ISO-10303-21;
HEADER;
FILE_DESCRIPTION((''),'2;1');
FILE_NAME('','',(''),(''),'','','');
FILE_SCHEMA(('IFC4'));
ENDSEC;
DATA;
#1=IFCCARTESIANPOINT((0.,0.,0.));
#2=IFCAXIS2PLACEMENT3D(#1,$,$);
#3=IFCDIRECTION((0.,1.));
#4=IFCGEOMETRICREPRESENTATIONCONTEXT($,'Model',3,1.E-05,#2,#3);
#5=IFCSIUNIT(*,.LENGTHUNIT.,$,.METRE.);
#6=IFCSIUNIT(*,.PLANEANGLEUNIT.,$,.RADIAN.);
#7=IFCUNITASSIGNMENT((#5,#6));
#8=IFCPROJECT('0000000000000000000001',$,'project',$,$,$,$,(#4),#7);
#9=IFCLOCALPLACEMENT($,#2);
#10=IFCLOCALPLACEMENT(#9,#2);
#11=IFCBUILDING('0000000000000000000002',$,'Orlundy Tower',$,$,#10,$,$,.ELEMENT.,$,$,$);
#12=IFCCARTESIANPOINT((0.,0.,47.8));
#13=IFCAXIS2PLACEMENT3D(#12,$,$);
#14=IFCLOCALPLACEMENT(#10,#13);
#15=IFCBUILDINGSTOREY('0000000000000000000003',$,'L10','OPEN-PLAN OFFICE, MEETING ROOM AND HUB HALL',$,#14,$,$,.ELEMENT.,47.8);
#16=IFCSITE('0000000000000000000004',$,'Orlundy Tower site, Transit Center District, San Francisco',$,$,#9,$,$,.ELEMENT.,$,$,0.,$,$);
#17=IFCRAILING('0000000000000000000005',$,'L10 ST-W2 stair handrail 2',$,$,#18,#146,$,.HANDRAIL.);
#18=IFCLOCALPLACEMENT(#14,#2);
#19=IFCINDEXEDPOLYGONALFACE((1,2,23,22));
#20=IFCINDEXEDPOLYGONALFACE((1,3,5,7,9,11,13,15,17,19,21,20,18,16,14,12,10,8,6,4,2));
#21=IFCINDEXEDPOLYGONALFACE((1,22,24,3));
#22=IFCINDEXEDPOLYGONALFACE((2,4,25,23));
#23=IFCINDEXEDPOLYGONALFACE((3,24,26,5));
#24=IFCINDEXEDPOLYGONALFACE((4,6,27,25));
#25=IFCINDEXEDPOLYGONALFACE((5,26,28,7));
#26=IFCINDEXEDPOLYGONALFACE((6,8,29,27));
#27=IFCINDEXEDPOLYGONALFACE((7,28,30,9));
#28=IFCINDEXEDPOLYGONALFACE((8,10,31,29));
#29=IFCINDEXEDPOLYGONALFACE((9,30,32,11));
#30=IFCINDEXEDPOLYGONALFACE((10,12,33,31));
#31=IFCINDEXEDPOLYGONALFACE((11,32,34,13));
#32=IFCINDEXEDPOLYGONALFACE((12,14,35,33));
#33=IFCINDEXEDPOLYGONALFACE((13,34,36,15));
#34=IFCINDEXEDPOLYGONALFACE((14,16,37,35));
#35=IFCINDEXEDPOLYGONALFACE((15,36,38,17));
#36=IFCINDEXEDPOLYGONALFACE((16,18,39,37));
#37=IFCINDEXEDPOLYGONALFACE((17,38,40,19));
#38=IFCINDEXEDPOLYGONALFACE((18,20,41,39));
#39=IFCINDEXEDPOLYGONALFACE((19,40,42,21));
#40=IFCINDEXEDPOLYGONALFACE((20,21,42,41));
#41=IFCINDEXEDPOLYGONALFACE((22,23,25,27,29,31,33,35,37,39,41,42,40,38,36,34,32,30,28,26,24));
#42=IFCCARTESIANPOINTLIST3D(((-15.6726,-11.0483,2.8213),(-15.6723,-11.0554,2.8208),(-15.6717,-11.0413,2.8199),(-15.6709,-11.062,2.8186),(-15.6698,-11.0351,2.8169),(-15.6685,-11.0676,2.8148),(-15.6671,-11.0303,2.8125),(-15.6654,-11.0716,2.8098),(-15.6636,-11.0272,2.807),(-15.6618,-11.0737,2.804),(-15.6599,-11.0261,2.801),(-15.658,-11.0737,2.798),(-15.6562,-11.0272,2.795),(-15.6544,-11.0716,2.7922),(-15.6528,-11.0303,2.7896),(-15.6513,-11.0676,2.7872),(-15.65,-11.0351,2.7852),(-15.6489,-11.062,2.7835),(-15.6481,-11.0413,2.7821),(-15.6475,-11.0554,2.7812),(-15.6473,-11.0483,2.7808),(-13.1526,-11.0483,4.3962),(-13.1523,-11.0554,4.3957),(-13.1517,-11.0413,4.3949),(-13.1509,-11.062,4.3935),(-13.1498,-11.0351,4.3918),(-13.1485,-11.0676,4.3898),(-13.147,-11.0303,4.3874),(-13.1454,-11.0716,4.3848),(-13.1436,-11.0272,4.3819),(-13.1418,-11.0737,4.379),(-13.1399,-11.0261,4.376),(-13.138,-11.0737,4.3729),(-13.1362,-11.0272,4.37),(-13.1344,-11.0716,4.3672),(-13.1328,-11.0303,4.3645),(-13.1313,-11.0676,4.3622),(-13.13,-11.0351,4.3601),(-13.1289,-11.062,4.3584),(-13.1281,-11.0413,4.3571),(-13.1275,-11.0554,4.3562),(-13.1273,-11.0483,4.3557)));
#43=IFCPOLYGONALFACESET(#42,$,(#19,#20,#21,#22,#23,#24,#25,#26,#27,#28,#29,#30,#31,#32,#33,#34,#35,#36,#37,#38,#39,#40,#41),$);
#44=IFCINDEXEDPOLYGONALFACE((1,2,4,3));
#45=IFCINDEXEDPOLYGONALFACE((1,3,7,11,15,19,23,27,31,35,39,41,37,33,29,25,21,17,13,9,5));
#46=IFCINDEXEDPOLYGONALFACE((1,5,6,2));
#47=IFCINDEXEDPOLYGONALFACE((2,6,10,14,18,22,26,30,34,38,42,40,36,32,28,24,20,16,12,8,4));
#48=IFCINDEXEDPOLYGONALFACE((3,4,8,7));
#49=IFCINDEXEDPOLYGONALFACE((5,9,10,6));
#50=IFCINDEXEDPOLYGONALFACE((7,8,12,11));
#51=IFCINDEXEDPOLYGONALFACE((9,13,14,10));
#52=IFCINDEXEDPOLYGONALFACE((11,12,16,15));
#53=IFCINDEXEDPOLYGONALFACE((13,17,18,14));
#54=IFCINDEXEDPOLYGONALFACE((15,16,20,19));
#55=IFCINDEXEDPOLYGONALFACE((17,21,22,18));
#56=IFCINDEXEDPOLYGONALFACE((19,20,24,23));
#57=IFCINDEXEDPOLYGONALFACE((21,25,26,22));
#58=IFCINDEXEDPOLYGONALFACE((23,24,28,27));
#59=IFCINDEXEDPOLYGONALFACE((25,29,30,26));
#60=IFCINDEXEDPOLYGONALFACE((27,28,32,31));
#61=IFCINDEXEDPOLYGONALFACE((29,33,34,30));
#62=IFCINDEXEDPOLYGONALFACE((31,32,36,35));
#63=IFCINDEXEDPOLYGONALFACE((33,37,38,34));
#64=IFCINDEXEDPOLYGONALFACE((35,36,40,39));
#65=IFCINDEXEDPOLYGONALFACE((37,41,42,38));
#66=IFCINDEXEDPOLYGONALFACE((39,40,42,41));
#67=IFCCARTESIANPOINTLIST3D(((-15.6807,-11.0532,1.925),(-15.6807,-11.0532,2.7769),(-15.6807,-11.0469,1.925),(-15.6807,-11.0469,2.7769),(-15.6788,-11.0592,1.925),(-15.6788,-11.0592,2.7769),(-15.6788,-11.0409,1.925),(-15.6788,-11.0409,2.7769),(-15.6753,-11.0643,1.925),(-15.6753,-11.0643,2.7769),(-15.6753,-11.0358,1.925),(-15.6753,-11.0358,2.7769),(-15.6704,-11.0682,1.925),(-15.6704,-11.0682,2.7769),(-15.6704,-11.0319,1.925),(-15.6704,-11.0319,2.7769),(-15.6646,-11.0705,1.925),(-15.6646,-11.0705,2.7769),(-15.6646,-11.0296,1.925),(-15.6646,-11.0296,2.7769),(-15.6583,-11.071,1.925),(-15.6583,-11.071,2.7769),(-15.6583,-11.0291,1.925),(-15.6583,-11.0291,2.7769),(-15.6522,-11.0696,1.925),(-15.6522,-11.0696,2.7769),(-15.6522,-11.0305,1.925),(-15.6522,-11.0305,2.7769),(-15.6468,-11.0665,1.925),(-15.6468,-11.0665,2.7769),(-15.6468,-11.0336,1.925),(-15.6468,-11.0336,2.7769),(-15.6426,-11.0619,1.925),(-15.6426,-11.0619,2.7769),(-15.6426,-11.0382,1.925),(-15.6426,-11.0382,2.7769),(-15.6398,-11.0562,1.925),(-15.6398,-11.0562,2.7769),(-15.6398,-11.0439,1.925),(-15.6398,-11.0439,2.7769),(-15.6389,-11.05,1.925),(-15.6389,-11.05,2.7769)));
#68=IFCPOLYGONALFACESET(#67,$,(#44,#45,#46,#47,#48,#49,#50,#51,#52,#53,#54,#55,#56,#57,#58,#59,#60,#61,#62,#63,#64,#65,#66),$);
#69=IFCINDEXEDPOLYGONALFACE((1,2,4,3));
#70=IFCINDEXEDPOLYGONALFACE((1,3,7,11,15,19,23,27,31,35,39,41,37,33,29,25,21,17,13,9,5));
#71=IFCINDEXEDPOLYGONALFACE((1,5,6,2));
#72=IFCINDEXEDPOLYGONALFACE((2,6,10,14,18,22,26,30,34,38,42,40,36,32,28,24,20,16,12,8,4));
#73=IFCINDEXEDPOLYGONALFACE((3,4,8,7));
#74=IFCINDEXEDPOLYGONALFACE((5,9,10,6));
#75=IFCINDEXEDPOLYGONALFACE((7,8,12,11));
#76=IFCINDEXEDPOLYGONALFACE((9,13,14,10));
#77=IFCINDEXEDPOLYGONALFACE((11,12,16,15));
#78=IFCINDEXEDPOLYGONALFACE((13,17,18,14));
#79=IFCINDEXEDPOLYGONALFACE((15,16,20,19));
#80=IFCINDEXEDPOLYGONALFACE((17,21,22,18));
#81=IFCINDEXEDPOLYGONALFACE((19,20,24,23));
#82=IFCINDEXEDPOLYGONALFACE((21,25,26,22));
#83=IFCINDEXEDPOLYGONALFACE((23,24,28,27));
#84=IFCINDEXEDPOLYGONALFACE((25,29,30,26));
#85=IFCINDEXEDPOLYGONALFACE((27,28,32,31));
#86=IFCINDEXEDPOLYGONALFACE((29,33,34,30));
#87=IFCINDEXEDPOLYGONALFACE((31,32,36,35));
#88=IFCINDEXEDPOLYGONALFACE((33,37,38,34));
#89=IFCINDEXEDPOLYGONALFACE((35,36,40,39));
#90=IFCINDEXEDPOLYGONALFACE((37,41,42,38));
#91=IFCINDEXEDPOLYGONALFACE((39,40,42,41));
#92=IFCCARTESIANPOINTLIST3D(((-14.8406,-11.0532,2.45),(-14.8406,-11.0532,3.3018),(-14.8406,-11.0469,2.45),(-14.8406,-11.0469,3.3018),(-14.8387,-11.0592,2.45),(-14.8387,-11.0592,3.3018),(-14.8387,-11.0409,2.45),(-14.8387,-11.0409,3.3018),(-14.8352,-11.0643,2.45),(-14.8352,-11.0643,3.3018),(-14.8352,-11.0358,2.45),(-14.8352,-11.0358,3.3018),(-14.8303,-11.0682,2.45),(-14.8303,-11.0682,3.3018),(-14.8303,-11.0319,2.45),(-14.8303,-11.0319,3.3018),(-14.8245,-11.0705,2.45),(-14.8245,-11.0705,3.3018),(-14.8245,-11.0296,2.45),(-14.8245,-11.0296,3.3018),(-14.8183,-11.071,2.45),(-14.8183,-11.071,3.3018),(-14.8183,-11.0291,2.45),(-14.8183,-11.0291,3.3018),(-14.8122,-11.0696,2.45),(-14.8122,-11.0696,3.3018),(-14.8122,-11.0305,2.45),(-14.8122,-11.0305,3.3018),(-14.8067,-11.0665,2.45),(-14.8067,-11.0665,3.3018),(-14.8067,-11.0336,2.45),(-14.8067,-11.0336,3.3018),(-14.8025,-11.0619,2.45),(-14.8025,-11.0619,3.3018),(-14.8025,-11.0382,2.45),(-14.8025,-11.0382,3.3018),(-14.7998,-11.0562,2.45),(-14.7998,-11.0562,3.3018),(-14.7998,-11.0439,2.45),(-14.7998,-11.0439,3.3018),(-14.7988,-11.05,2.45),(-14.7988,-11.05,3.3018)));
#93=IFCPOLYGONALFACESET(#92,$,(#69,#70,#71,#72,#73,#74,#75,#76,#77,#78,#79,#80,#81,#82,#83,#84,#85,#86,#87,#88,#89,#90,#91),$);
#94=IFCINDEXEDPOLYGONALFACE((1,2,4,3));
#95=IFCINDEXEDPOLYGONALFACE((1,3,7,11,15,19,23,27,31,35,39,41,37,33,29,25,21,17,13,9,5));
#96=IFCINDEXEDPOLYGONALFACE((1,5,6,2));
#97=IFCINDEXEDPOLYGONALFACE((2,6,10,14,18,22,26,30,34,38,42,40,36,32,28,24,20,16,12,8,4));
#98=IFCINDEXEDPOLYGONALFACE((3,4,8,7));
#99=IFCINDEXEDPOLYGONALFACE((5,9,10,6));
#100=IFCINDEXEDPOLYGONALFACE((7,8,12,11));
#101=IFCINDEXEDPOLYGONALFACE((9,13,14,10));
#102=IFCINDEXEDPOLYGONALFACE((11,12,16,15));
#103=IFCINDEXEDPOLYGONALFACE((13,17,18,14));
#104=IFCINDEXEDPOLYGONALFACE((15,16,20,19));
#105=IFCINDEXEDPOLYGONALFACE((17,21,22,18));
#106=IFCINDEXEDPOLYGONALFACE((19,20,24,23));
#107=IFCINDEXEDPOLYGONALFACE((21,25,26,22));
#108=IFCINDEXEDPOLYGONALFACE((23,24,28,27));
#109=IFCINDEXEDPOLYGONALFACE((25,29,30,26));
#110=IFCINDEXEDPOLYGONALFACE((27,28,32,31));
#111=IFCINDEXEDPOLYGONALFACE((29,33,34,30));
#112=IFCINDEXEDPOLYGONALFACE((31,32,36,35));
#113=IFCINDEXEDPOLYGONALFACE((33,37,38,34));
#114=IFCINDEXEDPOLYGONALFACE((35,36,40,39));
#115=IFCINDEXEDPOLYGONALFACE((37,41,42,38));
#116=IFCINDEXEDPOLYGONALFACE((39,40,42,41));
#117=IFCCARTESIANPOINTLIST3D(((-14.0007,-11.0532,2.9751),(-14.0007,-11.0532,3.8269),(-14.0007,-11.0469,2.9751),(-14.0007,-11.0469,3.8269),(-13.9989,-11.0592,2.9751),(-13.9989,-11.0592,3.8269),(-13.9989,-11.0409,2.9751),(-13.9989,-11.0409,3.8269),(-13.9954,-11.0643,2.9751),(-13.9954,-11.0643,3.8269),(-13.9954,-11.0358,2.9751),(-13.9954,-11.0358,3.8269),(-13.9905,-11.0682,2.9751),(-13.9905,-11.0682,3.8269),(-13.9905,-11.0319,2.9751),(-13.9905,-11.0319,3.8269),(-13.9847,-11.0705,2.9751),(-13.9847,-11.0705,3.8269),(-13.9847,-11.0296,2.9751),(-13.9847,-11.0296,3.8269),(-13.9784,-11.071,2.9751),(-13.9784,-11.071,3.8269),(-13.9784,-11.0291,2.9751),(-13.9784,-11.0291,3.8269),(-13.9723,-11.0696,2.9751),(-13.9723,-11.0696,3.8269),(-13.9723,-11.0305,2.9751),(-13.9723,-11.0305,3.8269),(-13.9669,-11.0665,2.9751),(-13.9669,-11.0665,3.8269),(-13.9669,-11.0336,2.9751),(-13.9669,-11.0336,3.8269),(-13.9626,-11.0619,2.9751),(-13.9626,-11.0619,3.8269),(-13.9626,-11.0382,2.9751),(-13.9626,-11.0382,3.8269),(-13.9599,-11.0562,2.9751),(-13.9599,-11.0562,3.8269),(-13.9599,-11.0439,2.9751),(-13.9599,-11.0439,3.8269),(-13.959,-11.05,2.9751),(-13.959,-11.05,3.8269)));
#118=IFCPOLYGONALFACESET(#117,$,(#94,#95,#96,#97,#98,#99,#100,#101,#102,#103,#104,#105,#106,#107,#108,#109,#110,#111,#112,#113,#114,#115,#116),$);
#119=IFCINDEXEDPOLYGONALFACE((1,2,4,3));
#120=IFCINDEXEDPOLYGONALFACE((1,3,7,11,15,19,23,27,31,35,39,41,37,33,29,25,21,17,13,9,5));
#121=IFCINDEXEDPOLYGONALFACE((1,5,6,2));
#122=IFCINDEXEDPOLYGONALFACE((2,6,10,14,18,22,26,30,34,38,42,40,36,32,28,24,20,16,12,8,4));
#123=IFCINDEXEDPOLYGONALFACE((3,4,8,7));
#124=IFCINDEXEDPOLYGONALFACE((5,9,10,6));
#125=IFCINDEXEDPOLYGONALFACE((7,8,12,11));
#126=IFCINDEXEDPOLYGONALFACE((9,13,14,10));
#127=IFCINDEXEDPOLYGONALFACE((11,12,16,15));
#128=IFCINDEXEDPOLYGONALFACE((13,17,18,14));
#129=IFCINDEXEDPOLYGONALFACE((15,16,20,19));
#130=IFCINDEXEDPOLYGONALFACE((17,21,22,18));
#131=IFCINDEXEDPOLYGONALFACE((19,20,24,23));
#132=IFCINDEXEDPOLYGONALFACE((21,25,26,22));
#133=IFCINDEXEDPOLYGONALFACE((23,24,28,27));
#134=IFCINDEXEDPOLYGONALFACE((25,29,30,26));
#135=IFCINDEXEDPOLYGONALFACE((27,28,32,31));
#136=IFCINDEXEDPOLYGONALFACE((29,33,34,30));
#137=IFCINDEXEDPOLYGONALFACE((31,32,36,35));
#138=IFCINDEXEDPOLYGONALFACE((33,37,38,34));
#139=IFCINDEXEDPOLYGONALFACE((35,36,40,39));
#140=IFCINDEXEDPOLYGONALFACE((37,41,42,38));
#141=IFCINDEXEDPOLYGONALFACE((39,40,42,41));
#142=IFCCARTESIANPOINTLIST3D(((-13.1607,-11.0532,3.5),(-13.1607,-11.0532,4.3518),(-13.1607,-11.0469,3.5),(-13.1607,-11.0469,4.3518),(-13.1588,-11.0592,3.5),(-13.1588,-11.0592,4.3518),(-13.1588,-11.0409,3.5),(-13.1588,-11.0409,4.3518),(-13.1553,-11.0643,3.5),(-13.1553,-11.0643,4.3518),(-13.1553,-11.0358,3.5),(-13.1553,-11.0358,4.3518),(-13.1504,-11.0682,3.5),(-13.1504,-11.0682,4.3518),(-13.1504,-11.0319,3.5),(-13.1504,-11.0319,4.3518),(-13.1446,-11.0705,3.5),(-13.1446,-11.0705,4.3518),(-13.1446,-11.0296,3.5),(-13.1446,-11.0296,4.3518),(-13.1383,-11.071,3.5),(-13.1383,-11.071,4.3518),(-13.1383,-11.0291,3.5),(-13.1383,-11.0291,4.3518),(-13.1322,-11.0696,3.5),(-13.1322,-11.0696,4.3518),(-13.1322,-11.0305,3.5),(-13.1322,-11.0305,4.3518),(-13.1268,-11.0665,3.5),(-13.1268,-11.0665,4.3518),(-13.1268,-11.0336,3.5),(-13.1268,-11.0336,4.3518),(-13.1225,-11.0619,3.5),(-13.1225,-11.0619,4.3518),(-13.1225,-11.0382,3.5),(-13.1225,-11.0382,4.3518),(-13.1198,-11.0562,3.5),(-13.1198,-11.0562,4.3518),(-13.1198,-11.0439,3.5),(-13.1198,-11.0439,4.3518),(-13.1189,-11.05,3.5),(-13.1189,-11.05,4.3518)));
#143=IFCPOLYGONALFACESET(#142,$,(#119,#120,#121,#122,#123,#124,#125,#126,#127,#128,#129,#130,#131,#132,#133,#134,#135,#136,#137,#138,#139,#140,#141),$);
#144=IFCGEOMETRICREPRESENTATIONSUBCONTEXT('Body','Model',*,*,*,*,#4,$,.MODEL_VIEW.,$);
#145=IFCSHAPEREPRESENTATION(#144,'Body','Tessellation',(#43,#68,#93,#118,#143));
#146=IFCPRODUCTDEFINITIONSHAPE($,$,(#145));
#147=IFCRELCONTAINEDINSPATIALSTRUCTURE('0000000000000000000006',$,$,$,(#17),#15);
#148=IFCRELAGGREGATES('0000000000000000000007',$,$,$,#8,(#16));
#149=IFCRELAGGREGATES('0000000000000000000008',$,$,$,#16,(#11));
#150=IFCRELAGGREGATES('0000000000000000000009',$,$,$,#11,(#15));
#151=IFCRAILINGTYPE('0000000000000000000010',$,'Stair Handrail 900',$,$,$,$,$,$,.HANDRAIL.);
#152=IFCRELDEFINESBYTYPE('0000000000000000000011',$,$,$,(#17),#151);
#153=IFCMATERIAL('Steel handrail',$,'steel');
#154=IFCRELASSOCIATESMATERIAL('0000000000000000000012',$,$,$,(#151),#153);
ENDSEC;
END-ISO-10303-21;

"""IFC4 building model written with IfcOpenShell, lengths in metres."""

from ifc_helpers import new_model, si_unit, direction, frame, origin, origin_2d, place, context, subcontext, project, spatial, circle, extrude, material, type_object, element, save


model = new_model("IFC4")

# Units and contexts
model_context = context("Model", 3, precision=1e-05, world=origin(), true_north=direction((0.0, 1.0)))
body_context = subcontext(model_context, "Body", "Model", "MODEL_VIEW")
ifc_project = project(units=[si_unit("LENGTHUNIT", "METRE"), si_unit("PLANEANGLEUNIT", "RADIAN")], contexts=[model_context])

# Site, building, storey
site_placement = place(None, origin())
site = spatial("IfcSite", under=ifc_project, at=site_placement, Name="Orlundy Tower site, Transit Center District, San Francisco", CompositionType="ELEMENT", RefElevation=0.0)
building_placement = place(site_placement, origin())
building = spatial("IfcBuilding", under=site, at=building_placement, Name="Orlundy Tower", CompositionType="ELEMENT")
storey_placement = place(building_placement, frame((0.0, 0.0, 47.8)))
storey = spatial("IfcBuildingStorey", under=building, at=storey_placement, Name="L10", Description="OPEN-PLAN OFFICE, MEETING ROOM AND HUB HALL", CompositionType="ELEMENT", Elevation=47.8)

# Railing
ifc_material_1 = material(Name="Steel handrail", Category="steel")
railing_type_1 = type_object("IfcRailingType", Name="Stair Handrail 900", PredefinedType="HANDRAIL", material=ifc_material_1)
railing_1_placement = place(storey_placement, frame((-15.6599, -11.05, 1.925)))
element("IfcRailing", 1, at=railing_1_placement, inside=storey, type_object=railing_type_1, Name="L10 ST-W2 stair handrail 2", PredefinedType="HANDRAIL", context=body_context, shape_type="SweptSolid", body=[
    extrude(circle(Radius=0.0239, at=origin_2d()), frame((0.0, 0.0, 0.876), z_axis=(0.848008, 0.0, 0.529984), x_axis=(0.0, 1.0, 0.0)), (0.0, 0.0, 1.0), 2.9717),
    extrude(circle(Radius=0.021, at=origin_2d()), origin(), (0.0, 0.0, 1.0), 0.8518),
    extrude(circle(Radius=0.021, at=origin_2d()), frame((0.8401, 0.0, 0.5249)), (0.0, 0.0, 1.0), 0.8518),
    extrude(circle(Radius=0.021, at=origin_2d()), frame((1.6799, 0.0, 1.05)), (0.0, 0.0, 1.0), 0.8518),
    extrude(circle(Radius=0.021, at=origin_2d()), frame((2.52, 0.0, 1.575)), (0.0, 0.0, 1.0), 0.8518),
])

save(model, "model.ifc")
